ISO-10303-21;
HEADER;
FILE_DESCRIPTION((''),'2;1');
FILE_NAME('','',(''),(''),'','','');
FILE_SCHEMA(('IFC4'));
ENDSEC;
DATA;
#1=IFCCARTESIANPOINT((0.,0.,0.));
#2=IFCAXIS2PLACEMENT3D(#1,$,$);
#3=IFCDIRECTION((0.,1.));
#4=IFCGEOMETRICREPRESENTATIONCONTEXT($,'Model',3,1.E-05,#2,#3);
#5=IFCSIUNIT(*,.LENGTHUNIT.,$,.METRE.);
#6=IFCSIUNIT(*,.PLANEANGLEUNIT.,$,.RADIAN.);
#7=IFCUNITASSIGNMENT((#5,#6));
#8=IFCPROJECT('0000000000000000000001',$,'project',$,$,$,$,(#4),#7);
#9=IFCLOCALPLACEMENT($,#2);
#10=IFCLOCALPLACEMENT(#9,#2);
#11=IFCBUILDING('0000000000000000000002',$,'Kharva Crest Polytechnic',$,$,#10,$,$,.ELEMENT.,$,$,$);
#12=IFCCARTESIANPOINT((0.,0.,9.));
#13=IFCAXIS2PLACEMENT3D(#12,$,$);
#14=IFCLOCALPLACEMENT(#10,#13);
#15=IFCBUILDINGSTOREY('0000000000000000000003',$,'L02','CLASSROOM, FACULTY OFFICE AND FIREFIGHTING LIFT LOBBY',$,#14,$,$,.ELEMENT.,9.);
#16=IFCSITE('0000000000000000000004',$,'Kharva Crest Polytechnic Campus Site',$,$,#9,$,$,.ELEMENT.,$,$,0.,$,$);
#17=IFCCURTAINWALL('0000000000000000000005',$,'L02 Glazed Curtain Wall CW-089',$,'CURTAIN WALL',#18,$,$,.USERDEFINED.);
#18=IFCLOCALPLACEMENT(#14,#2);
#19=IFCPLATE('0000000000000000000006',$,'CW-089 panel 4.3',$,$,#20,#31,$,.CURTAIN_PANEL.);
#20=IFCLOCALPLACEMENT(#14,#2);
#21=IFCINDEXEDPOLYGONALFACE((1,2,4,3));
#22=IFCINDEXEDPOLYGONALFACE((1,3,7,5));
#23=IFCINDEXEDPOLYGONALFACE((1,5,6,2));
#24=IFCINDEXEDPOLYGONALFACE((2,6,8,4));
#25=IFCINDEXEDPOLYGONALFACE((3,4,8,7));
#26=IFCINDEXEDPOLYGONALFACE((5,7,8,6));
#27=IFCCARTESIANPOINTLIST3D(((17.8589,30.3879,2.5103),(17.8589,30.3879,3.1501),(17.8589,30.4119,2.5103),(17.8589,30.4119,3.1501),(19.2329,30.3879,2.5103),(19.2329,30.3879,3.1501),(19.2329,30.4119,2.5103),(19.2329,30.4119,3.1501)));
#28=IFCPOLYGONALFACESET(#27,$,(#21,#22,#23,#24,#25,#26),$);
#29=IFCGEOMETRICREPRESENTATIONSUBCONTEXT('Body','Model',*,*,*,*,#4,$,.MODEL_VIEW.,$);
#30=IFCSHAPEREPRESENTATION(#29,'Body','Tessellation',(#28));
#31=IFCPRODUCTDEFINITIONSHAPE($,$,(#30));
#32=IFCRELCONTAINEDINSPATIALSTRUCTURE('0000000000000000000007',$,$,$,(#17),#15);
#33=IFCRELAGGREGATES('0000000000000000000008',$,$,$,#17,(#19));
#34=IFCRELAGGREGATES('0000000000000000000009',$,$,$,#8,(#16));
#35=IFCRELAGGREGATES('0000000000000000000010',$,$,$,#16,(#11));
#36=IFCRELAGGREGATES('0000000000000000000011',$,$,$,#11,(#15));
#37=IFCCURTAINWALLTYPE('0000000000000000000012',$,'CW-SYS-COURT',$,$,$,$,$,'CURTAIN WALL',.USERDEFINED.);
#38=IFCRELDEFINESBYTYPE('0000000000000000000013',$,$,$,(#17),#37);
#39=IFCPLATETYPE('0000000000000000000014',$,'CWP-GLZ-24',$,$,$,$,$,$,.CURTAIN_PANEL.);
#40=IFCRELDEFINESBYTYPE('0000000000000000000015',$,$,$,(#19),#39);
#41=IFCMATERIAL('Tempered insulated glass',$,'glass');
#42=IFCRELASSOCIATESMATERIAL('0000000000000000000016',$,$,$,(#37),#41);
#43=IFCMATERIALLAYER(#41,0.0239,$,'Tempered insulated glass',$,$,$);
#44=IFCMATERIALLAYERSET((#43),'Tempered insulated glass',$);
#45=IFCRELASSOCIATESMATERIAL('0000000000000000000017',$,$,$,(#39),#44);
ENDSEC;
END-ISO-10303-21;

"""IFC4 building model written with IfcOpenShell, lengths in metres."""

from ifc_helpers import new_model, si_unit, direction, frame, origin, origin_2d, place, context, subcontext, project, spatial, rectangle, extrude, material, layer, layer_set, type_object, element, aggregate, save


model = new_model("IFC4")

# Units and contexts
model_context = context("Model", 3, precision=1e-05, world=origin(), true_north=direction((0.0, 1.0)))
body_context = subcontext(model_context, "Body", "Model", "MODEL_VIEW")
ifc_project = project(units=[si_unit("LENGTHUNIT", "METRE"), si_unit("PLANEANGLEUNIT", "RADIAN")], contexts=[model_context])

# Site, building, storey
site_placement = place(None, origin())
site = spatial("IfcSite", under=ifc_project, at=site_placement, Name="Kharva Crest Polytechnic Campus Site", CompositionType="ELEMENT", RefElevation=0.0)
building_placement = place(site_placement, origin())
building = spatial("IfcBuilding", under=site, at=building_placement, Name="Kharva Crest Polytechnic", CompositionType="ELEMENT")
storey_placement = place(building_placement, frame((0.0, 0.0, 9.0)))
storey = spatial("IfcBuildingStorey", under=building, at=storey_placement, Name="L02", Description="CLASSROOM, FACULTY OFFICE AND FIREFIGHTING LIFT LOBBY", CompositionType="ELEMENT", Elevation=9.0)

# Curtain wall
ifc_material_1 = material(Name="Tempered insulated glass", Category="glass")
curtain_wall_type = type_object("IfcCurtainWallType", Name="CW-SYS-COURT", ElementType="CURTAIN WALL", PredefinedType="USERDEFINED", material=ifc_material_1)
curtain_wall_placement = place(storey_placement, origin())
curtain_wall = element("IfcCurtainWall", 1, at=curtain_wall_placement, inside=storey, type_object=curtain_wall_type, Name="L02 Glazed Curtain Wall CW-089", ObjectType="CURTAIN WALL", PredefinedType="USERDEFINED")

# Plate
ifc_layer = layer(ifc_material_1, 0.0239, Name="Tempered insulated glass")
ifc_layer_set = layer_set([ifc_layer], Name="Tempered insulated glass")
plate_type = type_object("IfcPlateType", Name="CWP-GLZ-24", PredefinedType="CURTAIN_PANEL", material=ifc_layer_set)
plate_1_placement = place(storey_placement, frame((18.5459, 30.3999, 2.5103), z_axis=(0.0, 0.0, 1.0), x_axis=(-1.0, 0.0, 0.0)))
plate_1 = element("IfcPlate", 2, at=plate_1_placement, type_object=plate_type, Name="CW-089 panel 4.3", PredefinedType="CURTAIN_PANEL", context=body_context, shape_type="SweptSolid", body=[
    extrude(rectangle(XDim=1.374, YDim=0.0239, at=origin_2d()), origin(), (0.0, 0.0, 1.0), 0.6399),
])
aggregate(curtain_wall, [plate_1])

save(model, "model.ifc")
